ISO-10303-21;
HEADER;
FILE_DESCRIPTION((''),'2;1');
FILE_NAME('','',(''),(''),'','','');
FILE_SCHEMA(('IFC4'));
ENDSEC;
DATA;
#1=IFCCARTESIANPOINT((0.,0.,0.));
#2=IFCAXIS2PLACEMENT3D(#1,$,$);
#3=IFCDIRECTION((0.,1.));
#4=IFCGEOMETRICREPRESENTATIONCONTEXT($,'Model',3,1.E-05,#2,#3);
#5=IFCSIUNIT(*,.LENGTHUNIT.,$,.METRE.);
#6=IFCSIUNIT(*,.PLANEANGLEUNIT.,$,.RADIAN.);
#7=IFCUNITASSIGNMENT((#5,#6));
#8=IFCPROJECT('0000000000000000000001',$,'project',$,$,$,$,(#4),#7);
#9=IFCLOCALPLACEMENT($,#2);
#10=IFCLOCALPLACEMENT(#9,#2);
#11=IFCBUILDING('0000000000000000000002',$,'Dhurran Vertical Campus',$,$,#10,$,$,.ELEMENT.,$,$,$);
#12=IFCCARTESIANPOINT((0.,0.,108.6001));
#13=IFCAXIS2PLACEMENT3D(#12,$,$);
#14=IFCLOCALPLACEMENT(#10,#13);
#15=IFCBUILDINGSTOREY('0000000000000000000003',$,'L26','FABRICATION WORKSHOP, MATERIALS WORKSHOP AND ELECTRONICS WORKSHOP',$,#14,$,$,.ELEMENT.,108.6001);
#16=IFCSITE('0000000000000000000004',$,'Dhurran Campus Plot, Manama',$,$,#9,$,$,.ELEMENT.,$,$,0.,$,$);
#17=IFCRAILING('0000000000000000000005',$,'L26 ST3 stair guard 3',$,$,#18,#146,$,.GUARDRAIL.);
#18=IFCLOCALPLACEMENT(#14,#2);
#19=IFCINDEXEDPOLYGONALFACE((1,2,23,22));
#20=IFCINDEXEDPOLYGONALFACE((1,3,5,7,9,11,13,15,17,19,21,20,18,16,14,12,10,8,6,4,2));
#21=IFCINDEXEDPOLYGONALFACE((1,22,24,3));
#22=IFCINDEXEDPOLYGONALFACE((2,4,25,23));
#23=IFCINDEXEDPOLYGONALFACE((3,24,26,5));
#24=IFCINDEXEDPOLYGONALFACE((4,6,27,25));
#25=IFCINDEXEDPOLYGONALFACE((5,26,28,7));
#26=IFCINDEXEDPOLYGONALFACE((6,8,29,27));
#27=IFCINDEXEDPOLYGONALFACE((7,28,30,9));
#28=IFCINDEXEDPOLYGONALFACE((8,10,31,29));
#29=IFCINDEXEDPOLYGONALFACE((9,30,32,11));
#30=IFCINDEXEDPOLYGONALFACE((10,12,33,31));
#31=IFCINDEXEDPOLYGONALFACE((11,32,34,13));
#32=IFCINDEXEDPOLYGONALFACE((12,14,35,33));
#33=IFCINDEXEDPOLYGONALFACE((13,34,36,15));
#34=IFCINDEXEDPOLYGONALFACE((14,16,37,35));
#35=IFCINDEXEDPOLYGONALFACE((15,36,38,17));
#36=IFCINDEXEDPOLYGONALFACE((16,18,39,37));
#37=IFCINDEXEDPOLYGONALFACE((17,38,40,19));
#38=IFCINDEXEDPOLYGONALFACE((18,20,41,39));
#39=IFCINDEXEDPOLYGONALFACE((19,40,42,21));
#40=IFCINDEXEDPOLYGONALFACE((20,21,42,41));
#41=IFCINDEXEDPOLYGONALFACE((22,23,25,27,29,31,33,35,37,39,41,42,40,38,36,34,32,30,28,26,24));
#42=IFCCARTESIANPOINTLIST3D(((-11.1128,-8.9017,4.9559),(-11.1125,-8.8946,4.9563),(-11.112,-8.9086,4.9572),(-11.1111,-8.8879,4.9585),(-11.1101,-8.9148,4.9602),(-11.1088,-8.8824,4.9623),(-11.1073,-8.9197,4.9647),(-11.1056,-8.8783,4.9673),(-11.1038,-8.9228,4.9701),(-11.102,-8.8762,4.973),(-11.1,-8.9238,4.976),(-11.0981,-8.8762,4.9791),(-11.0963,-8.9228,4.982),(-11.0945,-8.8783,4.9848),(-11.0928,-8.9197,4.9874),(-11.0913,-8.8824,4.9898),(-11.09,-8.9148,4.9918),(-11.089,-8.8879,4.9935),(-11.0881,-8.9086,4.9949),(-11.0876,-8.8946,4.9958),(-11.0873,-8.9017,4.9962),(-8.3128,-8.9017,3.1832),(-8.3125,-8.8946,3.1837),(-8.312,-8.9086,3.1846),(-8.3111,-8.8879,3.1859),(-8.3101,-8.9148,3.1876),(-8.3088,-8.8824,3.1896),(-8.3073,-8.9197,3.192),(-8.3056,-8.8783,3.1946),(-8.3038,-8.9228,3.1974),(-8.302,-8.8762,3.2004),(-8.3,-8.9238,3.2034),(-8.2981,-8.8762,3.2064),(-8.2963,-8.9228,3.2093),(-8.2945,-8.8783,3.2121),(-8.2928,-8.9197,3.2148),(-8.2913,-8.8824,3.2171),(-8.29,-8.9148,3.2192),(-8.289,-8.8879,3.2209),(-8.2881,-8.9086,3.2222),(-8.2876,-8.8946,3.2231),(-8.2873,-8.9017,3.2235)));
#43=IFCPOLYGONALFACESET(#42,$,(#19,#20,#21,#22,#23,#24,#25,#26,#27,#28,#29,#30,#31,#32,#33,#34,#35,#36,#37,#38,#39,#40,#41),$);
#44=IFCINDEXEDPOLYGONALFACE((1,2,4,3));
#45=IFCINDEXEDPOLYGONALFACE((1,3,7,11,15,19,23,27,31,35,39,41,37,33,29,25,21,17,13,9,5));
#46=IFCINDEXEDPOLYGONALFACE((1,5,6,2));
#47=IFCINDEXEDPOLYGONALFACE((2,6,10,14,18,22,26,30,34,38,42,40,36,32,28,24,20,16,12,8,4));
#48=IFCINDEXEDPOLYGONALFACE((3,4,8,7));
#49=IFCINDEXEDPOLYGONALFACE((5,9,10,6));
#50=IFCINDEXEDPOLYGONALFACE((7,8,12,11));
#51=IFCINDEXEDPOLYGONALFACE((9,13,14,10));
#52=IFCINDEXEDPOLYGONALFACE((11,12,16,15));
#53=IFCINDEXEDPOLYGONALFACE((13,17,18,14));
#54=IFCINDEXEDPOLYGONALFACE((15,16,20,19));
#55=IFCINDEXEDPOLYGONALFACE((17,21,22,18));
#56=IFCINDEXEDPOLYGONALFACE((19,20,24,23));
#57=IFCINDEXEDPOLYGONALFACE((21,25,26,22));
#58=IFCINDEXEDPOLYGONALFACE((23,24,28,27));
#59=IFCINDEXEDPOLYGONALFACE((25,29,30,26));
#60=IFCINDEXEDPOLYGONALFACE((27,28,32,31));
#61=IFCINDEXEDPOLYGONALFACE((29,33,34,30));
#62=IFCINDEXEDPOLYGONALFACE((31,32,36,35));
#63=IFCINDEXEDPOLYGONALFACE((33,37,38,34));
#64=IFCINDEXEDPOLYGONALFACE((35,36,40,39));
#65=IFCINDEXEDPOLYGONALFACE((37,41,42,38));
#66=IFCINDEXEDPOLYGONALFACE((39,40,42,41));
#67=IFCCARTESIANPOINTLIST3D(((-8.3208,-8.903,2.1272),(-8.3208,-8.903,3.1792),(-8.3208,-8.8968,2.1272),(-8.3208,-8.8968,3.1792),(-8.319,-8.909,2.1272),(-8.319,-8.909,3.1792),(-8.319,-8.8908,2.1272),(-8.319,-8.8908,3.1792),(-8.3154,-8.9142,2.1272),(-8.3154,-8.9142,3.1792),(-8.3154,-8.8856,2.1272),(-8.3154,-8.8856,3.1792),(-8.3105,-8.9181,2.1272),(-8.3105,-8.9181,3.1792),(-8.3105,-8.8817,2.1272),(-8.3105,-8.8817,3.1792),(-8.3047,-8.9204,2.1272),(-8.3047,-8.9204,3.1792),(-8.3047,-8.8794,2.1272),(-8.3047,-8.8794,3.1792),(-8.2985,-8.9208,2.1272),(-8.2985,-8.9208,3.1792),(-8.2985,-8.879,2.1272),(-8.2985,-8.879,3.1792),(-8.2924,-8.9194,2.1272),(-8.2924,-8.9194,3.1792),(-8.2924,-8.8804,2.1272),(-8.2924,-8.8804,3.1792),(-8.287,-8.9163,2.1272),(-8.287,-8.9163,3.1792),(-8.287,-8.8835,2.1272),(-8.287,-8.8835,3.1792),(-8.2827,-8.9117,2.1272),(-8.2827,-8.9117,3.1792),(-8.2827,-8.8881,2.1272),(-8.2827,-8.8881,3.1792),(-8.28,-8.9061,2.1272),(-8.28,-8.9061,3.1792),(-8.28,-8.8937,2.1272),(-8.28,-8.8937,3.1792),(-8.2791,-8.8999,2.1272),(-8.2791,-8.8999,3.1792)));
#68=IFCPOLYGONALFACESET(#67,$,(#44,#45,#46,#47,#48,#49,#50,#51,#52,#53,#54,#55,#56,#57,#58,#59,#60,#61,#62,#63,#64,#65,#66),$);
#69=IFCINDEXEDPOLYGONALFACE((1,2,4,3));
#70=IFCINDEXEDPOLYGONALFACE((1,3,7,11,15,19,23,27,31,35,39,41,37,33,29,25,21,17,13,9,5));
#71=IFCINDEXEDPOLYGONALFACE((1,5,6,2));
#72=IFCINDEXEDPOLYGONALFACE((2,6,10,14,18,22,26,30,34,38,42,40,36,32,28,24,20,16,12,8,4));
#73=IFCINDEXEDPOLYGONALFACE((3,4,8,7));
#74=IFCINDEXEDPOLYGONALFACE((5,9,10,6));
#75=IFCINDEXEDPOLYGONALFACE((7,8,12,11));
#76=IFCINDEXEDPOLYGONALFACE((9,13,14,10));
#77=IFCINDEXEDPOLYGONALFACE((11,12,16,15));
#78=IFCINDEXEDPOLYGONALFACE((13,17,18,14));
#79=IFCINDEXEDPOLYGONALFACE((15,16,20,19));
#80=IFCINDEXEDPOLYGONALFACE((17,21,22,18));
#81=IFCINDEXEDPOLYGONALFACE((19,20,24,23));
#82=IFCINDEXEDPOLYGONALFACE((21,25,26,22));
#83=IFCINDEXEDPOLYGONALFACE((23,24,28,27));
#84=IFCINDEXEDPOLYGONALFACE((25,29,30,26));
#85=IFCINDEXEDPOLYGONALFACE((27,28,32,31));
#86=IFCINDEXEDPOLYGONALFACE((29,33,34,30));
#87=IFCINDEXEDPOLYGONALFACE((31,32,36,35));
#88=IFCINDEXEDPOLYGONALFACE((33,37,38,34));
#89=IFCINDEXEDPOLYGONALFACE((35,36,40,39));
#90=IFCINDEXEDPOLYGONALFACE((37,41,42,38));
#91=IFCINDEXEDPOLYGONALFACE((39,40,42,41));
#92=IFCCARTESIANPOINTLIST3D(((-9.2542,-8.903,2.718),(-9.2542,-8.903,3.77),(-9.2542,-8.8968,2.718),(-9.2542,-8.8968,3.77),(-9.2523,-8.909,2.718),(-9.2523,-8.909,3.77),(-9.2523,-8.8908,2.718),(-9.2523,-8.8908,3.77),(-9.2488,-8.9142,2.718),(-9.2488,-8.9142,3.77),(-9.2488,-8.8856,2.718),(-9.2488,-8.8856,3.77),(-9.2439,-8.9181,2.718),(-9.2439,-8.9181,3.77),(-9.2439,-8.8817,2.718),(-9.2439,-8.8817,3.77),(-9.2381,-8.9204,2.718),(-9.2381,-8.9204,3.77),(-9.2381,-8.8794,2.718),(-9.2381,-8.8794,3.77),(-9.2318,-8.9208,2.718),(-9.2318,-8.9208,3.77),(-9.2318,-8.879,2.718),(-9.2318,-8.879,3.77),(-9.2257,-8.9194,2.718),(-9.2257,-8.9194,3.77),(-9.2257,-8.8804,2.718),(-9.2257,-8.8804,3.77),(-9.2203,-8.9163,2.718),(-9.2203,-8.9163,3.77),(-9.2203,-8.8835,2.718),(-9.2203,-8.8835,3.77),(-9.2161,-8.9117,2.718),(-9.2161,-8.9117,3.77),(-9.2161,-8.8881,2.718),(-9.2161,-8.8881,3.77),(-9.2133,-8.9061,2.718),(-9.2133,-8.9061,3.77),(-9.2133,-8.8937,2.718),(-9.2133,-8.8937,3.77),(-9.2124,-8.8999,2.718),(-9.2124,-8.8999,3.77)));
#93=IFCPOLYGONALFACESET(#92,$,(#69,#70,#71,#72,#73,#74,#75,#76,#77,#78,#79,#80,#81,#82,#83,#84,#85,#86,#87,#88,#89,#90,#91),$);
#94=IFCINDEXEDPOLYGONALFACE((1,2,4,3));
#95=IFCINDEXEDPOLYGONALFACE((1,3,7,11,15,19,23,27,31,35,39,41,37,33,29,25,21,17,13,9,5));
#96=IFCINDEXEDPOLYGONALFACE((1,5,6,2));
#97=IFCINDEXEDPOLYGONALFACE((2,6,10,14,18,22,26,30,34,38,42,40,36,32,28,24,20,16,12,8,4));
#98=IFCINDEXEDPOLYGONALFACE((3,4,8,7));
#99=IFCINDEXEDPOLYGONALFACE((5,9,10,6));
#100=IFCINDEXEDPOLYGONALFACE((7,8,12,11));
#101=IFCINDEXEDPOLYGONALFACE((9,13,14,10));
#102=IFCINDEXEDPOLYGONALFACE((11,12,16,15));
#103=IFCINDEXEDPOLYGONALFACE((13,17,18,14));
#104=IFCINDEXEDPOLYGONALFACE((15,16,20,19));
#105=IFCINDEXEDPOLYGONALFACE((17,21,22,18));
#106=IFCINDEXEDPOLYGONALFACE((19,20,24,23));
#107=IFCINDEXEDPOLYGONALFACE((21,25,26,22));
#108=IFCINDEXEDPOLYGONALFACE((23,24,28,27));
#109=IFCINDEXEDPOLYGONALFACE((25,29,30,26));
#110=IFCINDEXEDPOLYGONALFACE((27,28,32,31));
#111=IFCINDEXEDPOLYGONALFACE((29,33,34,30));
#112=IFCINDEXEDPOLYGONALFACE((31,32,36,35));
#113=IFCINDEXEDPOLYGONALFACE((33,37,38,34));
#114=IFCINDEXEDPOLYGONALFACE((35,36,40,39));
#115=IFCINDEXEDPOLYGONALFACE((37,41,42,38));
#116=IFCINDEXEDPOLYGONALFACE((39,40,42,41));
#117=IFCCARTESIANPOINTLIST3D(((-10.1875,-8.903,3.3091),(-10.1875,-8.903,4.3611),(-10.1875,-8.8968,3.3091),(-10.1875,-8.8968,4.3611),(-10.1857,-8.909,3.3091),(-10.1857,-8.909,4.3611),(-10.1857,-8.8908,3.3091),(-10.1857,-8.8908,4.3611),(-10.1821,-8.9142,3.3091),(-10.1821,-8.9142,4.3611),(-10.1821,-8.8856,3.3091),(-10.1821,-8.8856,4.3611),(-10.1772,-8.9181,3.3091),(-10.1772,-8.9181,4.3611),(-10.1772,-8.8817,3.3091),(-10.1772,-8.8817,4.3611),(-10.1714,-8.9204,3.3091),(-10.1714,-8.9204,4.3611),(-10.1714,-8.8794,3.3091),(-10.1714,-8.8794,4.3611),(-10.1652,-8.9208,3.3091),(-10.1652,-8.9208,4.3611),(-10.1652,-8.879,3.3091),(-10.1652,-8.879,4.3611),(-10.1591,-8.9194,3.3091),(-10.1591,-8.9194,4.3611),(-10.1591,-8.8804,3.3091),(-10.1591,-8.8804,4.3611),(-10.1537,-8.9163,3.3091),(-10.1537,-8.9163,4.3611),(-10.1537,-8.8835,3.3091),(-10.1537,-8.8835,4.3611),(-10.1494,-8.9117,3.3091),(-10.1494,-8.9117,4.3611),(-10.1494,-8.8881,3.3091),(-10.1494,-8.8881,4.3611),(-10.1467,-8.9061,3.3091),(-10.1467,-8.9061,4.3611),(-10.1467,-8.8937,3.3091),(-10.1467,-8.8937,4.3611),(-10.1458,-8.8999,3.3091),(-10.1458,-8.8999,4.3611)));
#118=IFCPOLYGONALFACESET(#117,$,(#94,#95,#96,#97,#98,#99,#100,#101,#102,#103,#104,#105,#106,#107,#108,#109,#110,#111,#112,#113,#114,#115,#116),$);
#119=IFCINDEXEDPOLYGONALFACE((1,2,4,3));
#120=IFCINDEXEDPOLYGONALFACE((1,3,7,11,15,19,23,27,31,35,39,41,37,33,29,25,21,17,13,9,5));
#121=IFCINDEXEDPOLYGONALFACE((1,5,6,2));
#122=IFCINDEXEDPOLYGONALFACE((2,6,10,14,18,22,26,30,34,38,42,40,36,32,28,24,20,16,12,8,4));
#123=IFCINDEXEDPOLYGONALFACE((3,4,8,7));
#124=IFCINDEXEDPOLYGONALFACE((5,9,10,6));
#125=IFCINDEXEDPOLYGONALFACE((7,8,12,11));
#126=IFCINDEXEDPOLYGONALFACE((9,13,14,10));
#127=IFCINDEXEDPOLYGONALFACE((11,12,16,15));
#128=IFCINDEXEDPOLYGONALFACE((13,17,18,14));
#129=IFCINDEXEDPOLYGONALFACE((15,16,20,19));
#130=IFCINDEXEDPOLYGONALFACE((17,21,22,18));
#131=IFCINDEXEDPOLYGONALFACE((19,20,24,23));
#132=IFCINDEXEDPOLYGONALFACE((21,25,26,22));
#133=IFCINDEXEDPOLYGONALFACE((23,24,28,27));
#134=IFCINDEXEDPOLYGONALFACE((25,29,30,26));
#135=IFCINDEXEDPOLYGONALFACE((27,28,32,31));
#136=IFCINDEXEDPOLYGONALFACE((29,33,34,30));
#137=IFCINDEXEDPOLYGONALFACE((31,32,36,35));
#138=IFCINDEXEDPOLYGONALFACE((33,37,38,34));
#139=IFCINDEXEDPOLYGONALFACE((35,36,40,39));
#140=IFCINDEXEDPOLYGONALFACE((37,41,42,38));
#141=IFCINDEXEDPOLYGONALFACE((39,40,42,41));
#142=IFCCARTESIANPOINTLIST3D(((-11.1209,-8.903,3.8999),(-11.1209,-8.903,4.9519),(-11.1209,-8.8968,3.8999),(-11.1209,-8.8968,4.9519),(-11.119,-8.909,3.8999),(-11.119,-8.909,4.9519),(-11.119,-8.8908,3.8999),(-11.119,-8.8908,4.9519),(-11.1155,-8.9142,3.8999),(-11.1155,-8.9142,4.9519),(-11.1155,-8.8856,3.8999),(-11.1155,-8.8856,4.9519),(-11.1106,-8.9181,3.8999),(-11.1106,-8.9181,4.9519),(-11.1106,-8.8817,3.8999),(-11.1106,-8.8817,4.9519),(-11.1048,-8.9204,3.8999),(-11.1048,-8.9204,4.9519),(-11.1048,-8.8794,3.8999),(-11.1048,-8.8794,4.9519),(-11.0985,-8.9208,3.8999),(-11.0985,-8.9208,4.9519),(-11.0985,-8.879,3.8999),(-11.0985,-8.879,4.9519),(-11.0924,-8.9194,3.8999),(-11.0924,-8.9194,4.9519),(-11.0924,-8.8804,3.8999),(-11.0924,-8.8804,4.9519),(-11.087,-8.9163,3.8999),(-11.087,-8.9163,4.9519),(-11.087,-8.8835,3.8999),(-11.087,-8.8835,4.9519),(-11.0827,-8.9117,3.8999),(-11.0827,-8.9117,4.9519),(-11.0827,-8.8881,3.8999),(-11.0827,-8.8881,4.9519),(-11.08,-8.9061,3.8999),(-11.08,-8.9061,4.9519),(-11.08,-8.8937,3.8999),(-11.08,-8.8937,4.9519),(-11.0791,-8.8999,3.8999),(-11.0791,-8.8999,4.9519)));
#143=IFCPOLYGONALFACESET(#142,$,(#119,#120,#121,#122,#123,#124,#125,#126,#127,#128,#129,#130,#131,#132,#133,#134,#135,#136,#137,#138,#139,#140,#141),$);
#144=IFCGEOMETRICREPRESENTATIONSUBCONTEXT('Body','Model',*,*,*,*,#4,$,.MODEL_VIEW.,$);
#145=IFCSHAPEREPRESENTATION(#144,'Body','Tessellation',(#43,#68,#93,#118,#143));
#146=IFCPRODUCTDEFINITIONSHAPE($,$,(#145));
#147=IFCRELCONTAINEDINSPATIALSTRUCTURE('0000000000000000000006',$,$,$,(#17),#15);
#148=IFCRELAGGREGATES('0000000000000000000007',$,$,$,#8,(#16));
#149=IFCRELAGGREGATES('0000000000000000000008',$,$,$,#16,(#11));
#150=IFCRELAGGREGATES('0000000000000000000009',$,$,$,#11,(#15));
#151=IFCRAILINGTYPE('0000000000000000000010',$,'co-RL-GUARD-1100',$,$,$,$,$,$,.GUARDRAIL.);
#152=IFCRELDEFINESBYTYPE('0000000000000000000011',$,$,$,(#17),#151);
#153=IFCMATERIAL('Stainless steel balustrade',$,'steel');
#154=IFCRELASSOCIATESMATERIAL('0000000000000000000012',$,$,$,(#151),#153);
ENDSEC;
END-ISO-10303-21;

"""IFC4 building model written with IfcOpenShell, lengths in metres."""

from ifc_helpers import new_model, si_unit, direction, frame, origin, origin_2d, place, context, subcontext, project, spatial, circle, extrude, material, type_object, element, save


model = new_model("IFC4")

# Units and contexts
model_context = context("Model", 3, precision=1e-05, world=origin(), true_north=direction((0.0, 1.0)))
body_context = subcontext(model_context, "Body", "Model", "MODEL_VIEW")
ifc_project = project(units=[si_unit("LENGTHUNIT", "METRE"), si_unit("PLANEANGLEUNIT", "RADIAN")], contexts=[model_context])

# Site, building, storey
site_placement = place(None, origin())
site = spatial("IfcSite", under=ifc_project, at=site_placement, Name="Dhurran Campus Plot, Manama", CompositionType="ELEMENT", RefElevation=0.0)
building_placement = place(site_placement, origin())
building = spatial("IfcBuilding", under=site, at=building_placement, Name="Dhurran Vertical Campus", CompositionType="ELEMENT")
storey_placement = place(building_placement, frame((0.0, 0.0, 108.6001)))
storey = spatial("IfcBuildingStorey", under=building, at=storey_placement, Name="L26", Description="FABRICATION WORKSHOP, MATERIALS WORKSHOP AND ELECTRONICS WORKSHOP", CompositionType="ELEMENT", Elevation=108.6001)

# Railing
ifc_material_1 = material(Name="Stainless steel balustrade", Category="steel")
railing_type_1 = type_object("IfcRailingType", Name="co-RL-GUARD-1100", PredefinedType="GUARDRAIL", material=ifc_material_1)
railing_1_placement = place(storey_placement, frame((-8.3, -8.8999, 2.1272)))
element("IfcRailing", 1, at=railing_1_placement, inside=storey, type_object=railing_type_1, Name="L26 ST3 stair guard 3", PredefinedType="GUARDRAIL", context=body_context, shape_type="SweptSolid", body=[
    extrude(circle(Radius=0.0239, at=origin_2d()), frame((0.0, 0.0, 1.0762), z_axis=(-0.844909, 0.0, 0.53491), x_axis=(0.0, -1.0, 0.0)), (0.0, 0.0, 1.0), 3.314),
    extrude(circle(Radius=0.021, at=origin_2d()), origin(), (0.0, 0.0, 1.0), 1.052),
    extrude(circle(Radius=0.021, at=origin_2d()), frame((-0.9333, 0.0, 0.5908)), (0.0, 0.0, 1.0), 1.052),
    extrude(circle(Radius=0.021, at=origin_2d()), frame((-1.8667, 0.0, 1.1819)), (0.0, 0.0, 1.0), 1.052),
    extrude(circle(Radius=0.021, at=origin_2d()), frame((-2.8, 0.0, 1.7727)), (0.0, 0.0, 1.0), 1.052),
])

save(model, "model.ifc")
